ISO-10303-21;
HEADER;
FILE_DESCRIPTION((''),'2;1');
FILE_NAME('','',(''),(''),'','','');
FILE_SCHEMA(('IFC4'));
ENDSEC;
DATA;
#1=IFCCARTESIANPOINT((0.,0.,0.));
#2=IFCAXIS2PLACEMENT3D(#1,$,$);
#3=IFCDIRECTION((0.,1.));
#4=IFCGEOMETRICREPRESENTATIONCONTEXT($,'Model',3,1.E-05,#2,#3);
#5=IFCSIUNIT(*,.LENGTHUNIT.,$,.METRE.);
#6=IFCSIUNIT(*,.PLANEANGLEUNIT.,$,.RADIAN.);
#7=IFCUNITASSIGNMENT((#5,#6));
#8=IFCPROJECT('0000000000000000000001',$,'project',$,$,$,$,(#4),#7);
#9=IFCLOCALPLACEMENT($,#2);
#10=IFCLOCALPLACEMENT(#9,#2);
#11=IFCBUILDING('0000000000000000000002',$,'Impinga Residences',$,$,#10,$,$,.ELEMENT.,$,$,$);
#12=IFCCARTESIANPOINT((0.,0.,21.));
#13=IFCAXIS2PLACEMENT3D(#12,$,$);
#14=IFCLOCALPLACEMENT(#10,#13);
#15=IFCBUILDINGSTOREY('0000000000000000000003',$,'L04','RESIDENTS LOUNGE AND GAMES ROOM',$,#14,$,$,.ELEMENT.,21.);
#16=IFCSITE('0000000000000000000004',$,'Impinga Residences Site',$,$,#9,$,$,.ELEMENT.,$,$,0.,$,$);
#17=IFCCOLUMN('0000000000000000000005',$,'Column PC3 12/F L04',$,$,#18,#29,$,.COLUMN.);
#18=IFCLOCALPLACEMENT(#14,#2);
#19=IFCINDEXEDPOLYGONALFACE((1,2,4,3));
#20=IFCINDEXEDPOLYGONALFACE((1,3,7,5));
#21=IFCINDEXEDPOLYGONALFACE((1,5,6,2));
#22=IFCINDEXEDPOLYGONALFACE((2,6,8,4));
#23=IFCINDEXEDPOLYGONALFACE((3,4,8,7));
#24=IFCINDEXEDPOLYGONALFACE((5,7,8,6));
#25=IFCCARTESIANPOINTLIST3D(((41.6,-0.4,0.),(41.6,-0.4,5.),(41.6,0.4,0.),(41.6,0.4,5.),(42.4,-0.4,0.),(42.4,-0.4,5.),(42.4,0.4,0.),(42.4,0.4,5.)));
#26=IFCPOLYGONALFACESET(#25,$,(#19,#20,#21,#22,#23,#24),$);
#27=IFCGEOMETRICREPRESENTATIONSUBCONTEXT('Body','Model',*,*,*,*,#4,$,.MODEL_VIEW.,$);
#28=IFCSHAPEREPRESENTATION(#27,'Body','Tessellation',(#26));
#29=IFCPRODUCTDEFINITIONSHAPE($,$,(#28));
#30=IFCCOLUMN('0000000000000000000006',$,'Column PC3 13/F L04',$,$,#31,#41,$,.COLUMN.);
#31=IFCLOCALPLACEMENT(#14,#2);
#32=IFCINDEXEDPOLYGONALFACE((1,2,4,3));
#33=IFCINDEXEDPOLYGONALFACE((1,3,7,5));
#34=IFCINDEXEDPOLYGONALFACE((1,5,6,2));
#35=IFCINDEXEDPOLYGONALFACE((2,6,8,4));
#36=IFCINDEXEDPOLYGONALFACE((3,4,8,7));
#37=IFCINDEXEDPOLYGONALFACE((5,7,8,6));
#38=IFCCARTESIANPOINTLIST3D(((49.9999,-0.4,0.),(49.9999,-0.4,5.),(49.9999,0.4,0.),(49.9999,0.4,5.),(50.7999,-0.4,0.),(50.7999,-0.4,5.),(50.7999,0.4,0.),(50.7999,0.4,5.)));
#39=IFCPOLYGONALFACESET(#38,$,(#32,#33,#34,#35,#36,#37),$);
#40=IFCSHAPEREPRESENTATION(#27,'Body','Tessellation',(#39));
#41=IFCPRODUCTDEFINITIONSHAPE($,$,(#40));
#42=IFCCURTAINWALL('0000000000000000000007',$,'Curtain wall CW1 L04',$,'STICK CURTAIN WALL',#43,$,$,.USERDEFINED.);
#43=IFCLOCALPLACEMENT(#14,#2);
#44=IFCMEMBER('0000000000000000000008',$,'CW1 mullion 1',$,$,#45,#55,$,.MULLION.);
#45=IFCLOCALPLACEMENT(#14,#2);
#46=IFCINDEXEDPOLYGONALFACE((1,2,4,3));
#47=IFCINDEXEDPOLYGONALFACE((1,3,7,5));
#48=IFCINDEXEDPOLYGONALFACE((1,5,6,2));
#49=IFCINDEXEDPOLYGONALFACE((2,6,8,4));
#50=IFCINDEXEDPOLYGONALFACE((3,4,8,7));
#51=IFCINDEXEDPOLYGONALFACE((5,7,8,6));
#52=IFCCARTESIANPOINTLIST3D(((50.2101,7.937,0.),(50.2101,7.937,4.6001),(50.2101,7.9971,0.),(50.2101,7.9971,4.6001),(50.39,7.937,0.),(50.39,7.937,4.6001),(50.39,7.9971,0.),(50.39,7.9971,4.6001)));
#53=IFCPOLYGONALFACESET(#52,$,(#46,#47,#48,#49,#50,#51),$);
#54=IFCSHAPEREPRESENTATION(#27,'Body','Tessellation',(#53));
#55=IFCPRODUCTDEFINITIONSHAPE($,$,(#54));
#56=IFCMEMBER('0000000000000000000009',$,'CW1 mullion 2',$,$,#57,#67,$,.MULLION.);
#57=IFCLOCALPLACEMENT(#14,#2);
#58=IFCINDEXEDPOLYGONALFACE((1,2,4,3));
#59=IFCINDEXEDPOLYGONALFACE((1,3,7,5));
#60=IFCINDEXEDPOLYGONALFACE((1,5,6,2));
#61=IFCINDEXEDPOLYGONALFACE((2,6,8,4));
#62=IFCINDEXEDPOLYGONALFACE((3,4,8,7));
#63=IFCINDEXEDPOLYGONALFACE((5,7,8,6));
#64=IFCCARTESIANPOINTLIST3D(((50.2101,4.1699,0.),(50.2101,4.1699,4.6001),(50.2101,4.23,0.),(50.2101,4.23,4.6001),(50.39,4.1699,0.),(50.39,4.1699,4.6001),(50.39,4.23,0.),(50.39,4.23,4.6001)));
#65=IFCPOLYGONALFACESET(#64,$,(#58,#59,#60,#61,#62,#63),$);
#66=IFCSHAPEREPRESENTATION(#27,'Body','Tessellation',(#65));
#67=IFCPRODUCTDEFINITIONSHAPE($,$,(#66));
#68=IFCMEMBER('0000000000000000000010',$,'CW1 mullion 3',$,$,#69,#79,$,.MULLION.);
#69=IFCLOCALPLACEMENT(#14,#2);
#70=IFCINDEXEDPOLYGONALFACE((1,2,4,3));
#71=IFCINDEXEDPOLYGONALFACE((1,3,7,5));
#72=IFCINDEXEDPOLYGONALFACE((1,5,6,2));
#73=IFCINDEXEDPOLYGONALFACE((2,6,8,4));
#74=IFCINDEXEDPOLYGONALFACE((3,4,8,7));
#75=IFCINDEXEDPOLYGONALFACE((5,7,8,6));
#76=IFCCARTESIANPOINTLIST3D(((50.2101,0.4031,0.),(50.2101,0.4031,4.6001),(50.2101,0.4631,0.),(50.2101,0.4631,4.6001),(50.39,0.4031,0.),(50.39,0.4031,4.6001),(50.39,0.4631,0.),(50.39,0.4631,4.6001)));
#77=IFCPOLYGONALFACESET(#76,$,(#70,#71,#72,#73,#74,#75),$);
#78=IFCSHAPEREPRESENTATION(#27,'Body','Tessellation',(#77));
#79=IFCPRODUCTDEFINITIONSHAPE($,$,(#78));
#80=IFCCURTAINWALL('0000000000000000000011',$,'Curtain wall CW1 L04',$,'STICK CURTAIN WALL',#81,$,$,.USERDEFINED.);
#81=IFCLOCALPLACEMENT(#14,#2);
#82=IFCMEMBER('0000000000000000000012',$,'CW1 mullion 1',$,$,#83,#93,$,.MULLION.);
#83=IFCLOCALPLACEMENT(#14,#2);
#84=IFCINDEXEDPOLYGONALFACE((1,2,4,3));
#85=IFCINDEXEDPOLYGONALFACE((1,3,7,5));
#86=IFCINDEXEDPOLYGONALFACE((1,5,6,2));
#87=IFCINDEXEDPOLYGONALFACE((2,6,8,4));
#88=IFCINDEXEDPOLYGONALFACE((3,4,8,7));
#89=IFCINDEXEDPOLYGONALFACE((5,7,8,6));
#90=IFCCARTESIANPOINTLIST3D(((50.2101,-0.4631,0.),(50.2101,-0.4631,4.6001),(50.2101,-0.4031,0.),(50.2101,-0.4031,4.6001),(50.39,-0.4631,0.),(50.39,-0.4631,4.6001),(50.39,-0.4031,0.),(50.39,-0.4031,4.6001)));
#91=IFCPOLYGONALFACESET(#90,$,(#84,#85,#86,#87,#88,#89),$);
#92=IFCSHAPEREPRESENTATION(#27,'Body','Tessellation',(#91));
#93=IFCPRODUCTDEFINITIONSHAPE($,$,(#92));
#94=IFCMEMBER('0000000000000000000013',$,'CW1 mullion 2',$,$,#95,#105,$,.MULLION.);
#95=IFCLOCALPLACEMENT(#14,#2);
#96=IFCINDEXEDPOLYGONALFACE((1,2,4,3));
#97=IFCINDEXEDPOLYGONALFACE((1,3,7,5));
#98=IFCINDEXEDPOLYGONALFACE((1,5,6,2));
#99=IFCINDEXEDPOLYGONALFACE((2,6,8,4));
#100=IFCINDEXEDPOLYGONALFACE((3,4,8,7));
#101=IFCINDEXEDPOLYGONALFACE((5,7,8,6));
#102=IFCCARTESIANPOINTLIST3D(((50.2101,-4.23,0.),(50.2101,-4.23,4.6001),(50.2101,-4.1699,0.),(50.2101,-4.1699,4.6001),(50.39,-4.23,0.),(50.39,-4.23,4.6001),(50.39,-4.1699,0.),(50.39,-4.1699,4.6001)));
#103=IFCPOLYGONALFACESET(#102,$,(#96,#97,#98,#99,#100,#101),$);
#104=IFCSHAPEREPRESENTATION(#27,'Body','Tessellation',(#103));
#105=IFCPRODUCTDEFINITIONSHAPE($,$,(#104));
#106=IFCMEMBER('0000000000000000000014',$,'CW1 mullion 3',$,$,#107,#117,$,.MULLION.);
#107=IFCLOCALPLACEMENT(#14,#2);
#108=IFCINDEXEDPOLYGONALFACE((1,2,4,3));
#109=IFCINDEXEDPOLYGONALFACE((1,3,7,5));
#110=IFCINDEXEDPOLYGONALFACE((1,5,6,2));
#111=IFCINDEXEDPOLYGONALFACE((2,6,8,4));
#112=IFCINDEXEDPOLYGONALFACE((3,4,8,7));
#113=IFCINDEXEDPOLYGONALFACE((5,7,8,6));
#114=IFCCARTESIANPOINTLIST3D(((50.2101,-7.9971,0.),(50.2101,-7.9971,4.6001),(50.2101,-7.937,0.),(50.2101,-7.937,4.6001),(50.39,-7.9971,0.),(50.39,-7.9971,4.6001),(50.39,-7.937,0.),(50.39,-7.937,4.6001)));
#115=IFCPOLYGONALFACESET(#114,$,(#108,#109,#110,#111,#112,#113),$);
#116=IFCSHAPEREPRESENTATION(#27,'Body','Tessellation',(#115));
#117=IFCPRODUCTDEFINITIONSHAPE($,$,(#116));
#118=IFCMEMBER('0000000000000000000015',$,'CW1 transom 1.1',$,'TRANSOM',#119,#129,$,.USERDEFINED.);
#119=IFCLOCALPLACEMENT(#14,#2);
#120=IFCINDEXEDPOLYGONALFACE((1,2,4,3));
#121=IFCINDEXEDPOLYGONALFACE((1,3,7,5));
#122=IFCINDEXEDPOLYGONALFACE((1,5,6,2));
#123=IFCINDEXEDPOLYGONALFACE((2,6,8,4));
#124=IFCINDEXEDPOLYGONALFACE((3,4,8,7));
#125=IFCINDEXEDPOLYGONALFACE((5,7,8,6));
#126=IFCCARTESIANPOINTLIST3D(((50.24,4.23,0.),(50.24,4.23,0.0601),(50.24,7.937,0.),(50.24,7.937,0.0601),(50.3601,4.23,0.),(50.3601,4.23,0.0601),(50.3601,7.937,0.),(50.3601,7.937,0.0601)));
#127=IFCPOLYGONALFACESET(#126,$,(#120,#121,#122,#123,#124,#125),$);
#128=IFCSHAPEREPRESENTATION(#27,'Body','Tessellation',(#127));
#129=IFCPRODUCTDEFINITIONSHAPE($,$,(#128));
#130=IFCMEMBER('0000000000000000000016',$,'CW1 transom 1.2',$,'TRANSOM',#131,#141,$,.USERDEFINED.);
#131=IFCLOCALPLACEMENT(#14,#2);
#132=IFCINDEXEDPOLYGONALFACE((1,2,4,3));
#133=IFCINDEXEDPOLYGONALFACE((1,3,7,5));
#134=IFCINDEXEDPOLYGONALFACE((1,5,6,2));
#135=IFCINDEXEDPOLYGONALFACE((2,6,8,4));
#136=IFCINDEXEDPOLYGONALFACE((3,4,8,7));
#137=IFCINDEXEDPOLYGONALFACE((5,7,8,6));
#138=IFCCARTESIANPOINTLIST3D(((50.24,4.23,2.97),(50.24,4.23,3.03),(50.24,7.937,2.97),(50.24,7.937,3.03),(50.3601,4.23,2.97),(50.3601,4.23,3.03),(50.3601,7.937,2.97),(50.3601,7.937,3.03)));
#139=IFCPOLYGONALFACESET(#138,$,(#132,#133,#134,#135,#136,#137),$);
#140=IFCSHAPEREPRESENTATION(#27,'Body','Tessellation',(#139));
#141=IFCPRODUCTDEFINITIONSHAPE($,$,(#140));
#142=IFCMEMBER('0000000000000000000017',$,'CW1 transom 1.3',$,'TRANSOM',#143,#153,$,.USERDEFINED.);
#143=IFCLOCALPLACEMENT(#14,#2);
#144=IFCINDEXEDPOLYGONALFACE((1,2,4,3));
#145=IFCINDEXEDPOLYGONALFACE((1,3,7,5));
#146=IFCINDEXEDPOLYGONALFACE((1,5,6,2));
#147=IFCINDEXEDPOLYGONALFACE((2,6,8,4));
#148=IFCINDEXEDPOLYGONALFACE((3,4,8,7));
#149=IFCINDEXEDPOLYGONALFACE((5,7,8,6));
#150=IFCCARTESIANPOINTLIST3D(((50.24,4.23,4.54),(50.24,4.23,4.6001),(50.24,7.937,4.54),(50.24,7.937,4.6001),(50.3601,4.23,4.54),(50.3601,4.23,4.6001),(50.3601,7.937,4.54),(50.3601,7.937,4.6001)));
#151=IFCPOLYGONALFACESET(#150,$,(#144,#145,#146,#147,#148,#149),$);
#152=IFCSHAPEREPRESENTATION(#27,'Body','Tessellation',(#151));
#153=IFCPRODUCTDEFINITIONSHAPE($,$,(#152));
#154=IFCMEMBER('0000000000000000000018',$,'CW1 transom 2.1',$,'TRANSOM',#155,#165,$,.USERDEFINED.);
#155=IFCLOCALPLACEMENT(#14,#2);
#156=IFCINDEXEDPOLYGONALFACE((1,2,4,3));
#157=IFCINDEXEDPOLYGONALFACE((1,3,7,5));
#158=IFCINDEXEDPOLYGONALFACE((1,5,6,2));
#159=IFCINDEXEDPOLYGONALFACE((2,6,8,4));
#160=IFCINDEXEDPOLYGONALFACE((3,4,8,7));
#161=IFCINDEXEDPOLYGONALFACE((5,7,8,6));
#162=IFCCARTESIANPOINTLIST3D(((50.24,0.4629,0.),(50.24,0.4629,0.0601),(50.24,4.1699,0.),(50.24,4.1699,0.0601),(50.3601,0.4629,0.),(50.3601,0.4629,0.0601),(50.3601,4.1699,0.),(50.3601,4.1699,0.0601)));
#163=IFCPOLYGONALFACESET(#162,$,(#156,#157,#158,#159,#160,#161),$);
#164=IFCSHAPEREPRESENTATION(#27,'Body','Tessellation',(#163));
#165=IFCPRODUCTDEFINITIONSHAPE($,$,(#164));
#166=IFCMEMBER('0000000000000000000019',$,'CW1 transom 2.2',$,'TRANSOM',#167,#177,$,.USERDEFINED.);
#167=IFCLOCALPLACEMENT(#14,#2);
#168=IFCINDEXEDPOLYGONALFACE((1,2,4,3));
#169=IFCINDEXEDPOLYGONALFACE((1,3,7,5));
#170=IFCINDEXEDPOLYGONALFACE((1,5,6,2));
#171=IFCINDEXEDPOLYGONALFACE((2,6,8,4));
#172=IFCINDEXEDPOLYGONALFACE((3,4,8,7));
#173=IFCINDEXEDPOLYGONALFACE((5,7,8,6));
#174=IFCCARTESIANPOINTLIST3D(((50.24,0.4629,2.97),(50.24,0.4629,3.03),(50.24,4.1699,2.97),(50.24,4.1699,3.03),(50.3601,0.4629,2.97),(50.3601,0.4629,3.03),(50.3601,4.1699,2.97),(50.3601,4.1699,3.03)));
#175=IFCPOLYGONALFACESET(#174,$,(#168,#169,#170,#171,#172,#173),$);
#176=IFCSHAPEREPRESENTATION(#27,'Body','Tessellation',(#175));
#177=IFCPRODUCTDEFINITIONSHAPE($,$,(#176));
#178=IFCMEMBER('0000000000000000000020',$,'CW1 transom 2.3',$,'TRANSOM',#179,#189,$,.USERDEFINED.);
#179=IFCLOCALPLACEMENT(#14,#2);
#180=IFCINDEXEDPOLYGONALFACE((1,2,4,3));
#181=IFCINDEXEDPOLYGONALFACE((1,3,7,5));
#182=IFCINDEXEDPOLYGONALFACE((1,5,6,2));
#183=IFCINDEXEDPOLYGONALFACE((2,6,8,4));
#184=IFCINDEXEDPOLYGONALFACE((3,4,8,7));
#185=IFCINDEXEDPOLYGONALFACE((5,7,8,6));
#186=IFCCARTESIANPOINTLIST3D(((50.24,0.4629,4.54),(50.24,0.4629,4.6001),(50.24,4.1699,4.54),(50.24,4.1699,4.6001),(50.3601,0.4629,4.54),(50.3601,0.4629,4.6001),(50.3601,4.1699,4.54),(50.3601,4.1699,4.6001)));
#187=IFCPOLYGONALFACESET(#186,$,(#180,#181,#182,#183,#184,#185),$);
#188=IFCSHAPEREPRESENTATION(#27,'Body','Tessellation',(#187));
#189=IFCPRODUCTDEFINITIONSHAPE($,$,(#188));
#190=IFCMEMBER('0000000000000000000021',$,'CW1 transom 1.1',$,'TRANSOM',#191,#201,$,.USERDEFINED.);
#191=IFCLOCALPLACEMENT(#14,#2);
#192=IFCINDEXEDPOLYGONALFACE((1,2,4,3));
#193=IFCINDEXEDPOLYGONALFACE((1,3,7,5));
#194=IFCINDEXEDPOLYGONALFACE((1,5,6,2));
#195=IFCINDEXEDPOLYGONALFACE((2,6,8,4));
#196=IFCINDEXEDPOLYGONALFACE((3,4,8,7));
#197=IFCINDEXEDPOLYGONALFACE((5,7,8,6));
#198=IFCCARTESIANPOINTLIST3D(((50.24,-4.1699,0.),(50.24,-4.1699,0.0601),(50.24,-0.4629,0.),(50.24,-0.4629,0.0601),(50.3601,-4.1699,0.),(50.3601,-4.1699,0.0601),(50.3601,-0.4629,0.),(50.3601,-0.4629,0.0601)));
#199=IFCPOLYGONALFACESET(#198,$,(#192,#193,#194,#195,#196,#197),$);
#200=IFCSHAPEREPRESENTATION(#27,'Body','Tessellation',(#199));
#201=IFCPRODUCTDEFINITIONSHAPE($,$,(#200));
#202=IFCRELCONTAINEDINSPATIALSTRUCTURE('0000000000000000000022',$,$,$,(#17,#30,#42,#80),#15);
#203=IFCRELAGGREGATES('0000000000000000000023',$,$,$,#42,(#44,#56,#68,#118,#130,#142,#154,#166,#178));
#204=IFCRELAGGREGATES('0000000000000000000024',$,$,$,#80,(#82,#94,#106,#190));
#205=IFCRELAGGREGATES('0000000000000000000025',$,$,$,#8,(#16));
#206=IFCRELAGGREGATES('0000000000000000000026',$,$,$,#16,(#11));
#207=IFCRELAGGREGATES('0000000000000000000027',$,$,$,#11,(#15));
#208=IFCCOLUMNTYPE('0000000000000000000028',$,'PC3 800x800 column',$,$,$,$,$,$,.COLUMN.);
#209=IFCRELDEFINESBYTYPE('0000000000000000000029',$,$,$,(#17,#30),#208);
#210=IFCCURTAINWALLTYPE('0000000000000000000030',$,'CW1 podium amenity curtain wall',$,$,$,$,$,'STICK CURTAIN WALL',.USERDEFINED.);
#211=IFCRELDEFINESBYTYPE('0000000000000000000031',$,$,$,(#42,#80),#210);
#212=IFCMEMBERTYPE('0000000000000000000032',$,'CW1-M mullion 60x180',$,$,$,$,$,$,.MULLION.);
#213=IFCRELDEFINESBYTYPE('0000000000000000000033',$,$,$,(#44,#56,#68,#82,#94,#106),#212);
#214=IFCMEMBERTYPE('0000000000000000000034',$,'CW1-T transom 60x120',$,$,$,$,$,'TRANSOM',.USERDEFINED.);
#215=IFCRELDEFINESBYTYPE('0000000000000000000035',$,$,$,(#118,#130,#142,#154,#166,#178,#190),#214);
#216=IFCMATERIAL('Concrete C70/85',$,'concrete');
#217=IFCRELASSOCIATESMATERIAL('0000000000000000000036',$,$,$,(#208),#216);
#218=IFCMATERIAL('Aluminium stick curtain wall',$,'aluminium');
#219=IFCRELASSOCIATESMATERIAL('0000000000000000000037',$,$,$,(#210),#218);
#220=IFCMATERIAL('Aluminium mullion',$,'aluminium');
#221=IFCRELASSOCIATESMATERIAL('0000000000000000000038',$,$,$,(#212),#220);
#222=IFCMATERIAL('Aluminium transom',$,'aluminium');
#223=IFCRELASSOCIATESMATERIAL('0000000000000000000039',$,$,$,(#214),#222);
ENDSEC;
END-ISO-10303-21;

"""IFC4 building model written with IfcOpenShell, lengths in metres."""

from ifc_helpers import new_model, si_unit, direction, frame, origin, origin_2d, place, context, subcontext, project, spatial, rectangle, extrude, material, material_profile, profile_set, type_object, element, aggregate, save


model = new_model("IFC4")

# Units and contexts
model_context = context("Model", 3, precision=1e-05, world=origin(), true_north=direction((0.0, 1.0)))
body_context = subcontext(model_context, "Body", "Model", "MODEL_VIEW")
ifc_project = project(units=[si_unit("LENGTHUNIT", "METRE"), si_unit("PLANEANGLEUNIT", "RADIAN")], contexts=[model_context])

# Site, building, storey
site_placement = place(None, origin())
site = spatial("IfcSite", under=ifc_project, at=site_placement, Name="Impinga Residences Site", CompositionType="ELEMENT", RefElevation=0.0)
building_placement = place(site_placement, origin())
building = spatial("IfcBuilding", under=site, at=building_placement, Name="Impinga Residences", CompositionType="ELEMENT")
storey_placement = place(building_placement, frame((0.0, 0.0, 21.0)))
storey = spatial("IfcBuildingStorey", under=building, at=storey_placement, Name="L04", Description="RESIDENTS LOUNGE AND GAMES ROOM", CompositionType="ELEMENT", Elevation=21.0)

# Columns
ifc_material_1 = material(Name="Concrete C70/85", Category="concrete")
ifc_material_profile_1 = material_profile(ifc_material_1, rectangle(XDim=0.8, YDim=0.8, at=origin_2d()), Name="RC 800x800")
ifc_profile_set_1 = profile_set([ifc_material_profile_1], Name="Concrete C70/85")
column_type = type_object("IfcColumnType", Name="PC3 800x800 column", PredefinedType="COLUMN", material=ifc_profile_set_1)
for number, where, z_axis, x_axis, name in (
    (1, (42.0, 0.0, 0.0), (0.0, 0.0, 1.0), (1.0, 0.0, 0.0), "Column PC3 12/F L04"),
    (2, (50.3999, 0.0, 0.0), (0.0, 0.0, 1.0), (1.0, 0.0, 0.0), "Column PC3 13/F L04"),
):
    element("IfcColumn", number, at=place(storey_placement, frame(where, z_axis=z_axis, x_axis=x_axis)), inside=storey, type_object=column_type, Name=name, PredefinedType="COLUMN", context=body_context, shape_type="SweptSolid", body=[
        extrude(rectangle(XDim=0.8, YDim=0.8, at=origin_2d()), origin(), (0.0, 0.0, 1.0), 5.0),
    ])

# Curtain walls, members
ifc_material_2 = material(Name="Aluminium stick curtain wall", Category="aluminium")
curtain_wall_type = type_object("IfcCurtainWallType", Name="CW1 podium amenity curtain wall", ElementType="STICK CURTAIN WALL", PredefinedType="USERDEFINED", material=ifc_material_2)
curtain_wall_1_placement = place(storey_placement, origin())
curtain_wall_1 = element("IfcCurtainWall", 3, at=curtain_wall_1_placement, inside=storey, type_object=curtain_wall_type, Name="Curtain wall CW1 L04", ObjectType="STICK CURTAIN WALL", PredefinedType="USERDEFINED")
ifc_material_3 = material(Name="Aluminium mullion", Category="aluminium")
ifc_material_profile_2 = material_profile(ifc_material_3, rectangle(XDim=0.0601, YDim=0.1799, at=origin_2d()), Name="60x180 mullion")
ifc_profile_set_2 = profile_set([ifc_material_profile_2], Name="Aluminium mullion")
member_type_1 = type_object("IfcMemberType", Name="CW1-M mullion 60x180", PredefinedType="MULLION", material=ifc_profile_set_2)
member_1_placement = place(storey_placement, frame((50.3, 7.967, 0.0), z_axis=(0.0, 0.0, 1.0), x_axis=(0.0, -1.0, 0.0)))
member_1 = element("IfcMember", 4, at=member_1_placement, type_object=member_type_1, Name="CW1 mullion 1", PredefinedType="MULLION", context=body_context, shape_type="SweptSolid", body=[
    extrude(rectangle(XDim=0.0601, YDim=0.1799, at=origin_2d()), origin(), (0.0, 0.0, 1.0), 4.6001),
])
member_2_placement = place(storey_placement, frame((50.3, 4.2, 0.0), z_axis=(0.0, 0.0, 1.0), x_axis=(0.0, -1.0, 0.0)))
member_2 = element("IfcMember", 5, at=member_2_placement, type_object=member_type_1, Name="CW1 mullion 2", PredefinedType="MULLION", context=body_context, shape_type="SweptSolid", body=[
    extrude(rectangle(XDim=0.0601, YDim=0.1799, at=origin_2d()), origin(), (0.0, 0.0, 1.0), 4.6001),
])
member_3_placement = place(storey_placement, frame((50.3, 0.4331, 0.0), z_axis=(0.0, 0.0, 1.0), x_axis=(0.0, -1.0, 0.0)))
member_3 = element("IfcMember", 6, at=member_3_placement, type_object=member_type_1, Name="CW1 mullion 3", PredefinedType="MULLION", context=body_context, shape_type="SweptSolid", body=[
    extrude(rectangle(XDim=0.0601, YDim=0.1799, at=origin_2d()), origin(), (0.0, 0.0, 1.0), 4.6001),
])
curtain_wall_2_placement = place(storey_placement, origin())
curtain_wall_2 = element("IfcCurtainWall", 7, at=curtain_wall_2_placement, inside=storey, type_object=curtain_wall_type, Name="Curtain wall CW1 L04", ObjectType="STICK CURTAIN WALL", PredefinedType="USERDEFINED")
member_4_placement = place(storey_placement, frame((50.3, -0.4331, 0.0), z_axis=(0.0, 0.0, 1.0), x_axis=(0.0, -1.0, 0.0)))
member_4 = element("IfcMember", 8, at=member_4_placement, type_object=member_type_1, Name="CW1 mullion 1", PredefinedType="MULLION", context=body_context, shape_type="SweptSolid", body=[
    extrude(rectangle(XDim=0.0601, YDim=0.1799, at=origin_2d()), origin(), (0.0, 0.0, 1.0), 4.6001),
])
member_5_placement = place(storey_placement, frame((50.3, -4.2, 0.0), z_axis=(0.0, 0.0, 1.0), x_axis=(0.0, -1.0, 0.0)))
member_5 = element("IfcMember", 9, at=member_5_placement, type_object=member_type_1, Name="CW1 mullion 2", PredefinedType="MULLION", context=body_context, shape_type="SweptSolid", body=[
    extrude(rectangle(XDim=0.0601, YDim=0.1799, at=origin_2d()), origin(), (0.0, 0.0, 1.0), 4.6001),
])
member_6_placement = place(storey_placement, frame((50.3, -7.967, 0.0), z_axis=(0.0, 0.0, 1.0), x_axis=(0.0, -1.0, 0.0)))
member_6 = element("IfcMember", 10, at=member_6_placement, type_object=member_type_1, Name="CW1 mullion 3", PredefinedType="MULLION", context=body_context, shape_type="SweptSolid", body=[
    extrude(rectangle(XDim=0.0601, YDim=0.1799, at=origin_2d()), origin(), (0.0, 0.0, 1.0), 4.6001),
])

# Members
ifc_material_4 = material(Name="Aluminium transom", Category="aluminium")
ifc_material_profile_3 = material_profile(ifc_material_4, rectangle(XDim=0.0601, YDim=0.1201, at=origin_2d()), Name="60x120 transom")
ifc_profile_set_3 = profile_set([ifc_material_profile_3], Name="Aluminium transom")
member_type_2 = type_object("IfcMemberType", Name="CW1-T transom 60x120", ElementType="TRANSOM", PredefinedType="USERDEFINED", material=ifc_profile_set_3)
member_7_placement = place(storey_placement, frame((50.3, 7.937, 0.03), z_axis=(0.0, -1.0, 0.0), x_axis=(0.0, 0.0, 1.0)))
member_7 = element("IfcMember", 11, at=member_7_placement, type_object=member_type_2, Name="CW1 transom 1.1", ObjectType="TRANSOM", PredefinedType="USERDEFINED", context=body_context, shape_type="SweptSolid", body=[
    extrude(rectangle(XDim=0.0601, YDim=0.1201, at=origin_2d()), origin(), (0.0, 0.0, 1.0), 3.707),
])
member_8_placement = place(storey_placement, frame((50.3, 7.937, 3.0), z_axis=(0.0, -1.0, 0.0), x_axis=(0.0, 0.0, 1.0)))
member_8 = element("IfcMember", 12, at=member_8_placement, type_object=member_type_2, Name="CW1 transom 1.2", ObjectType="TRANSOM", PredefinedType="USERDEFINED", context=body_context, shape_type="SweptSolid", body=[
    extrude(rectangle(XDim=0.0601, YDim=0.1201, at=origin_2d()), origin(), (0.0, 0.0, 1.0), 3.707),
])
member_9_placement = place(storey_placement, frame((50.3, 7.937, 4.5701), z_axis=(0.0, -1.0, 0.0), x_axis=(0.0, 0.0, 1.0)))
member_9 = element("IfcMember", 13, at=member_9_placement, type_object=member_type_2, Name="CW1 transom 1.3", ObjectType="TRANSOM", PredefinedType="USERDEFINED", context=body_context, shape_type="SweptSolid", body=[
    extrude(rectangle(XDim=0.0601, YDim=0.1201, at=origin_2d()), origin(), (0.0, 0.0, 1.0), 3.707),
])
member_10_placement = place(storey_placement, frame((50.3, 4.1699, 0.03), z_axis=(0.0, -1.0, 0.0), x_axis=(0.0, 0.0, 1.0)))
member_10 = element("IfcMember", 14, at=member_10_placement, type_object=member_type_2, Name="CW1 transom 2.1", ObjectType="TRANSOM", PredefinedType="USERDEFINED", context=body_context, shape_type="SweptSolid", body=[
    extrude(rectangle(XDim=0.0601, YDim=0.1201, at=origin_2d()), origin(), (0.0, 0.0, 1.0), 3.707),
])
member_11_placement = place(storey_placement, frame((50.3, 4.1699, 3.0), z_axis=(0.0, -1.0, 0.0), x_axis=(0.0, 0.0, 1.0)))
member_11 = element("IfcMember", 15, at=member_11_placement, type_object=member_type_2, Name="CW1 transom 2.2", ObjectType="TRANSOM", PredefinedType="USERDEFINED", context=body_context, shape_type="SweptSolid", body=[
    extrude(rectangle(XDim=0.0601, YDim=0.1201, at=origin_2d()), origin(), (0.0, 0.0, 1.0), 3.707),
])
member_12_placement = place(storey_placement, frame((50.3, 4.1699, 4.5701), z_axis=(0.0, -1.0, 0.0), x_axis=(0.0, 0.0, 1.0)))
member_12 = element("IfcMember", 16, at=member_12_placement, type_object=member_type_2, Name="CW1 transom 2.3", ObjectType="TRANSOM", PredefinedType="USERDEFINED", context=body_context, shape_type="SweptSolid", body=[
    extrude(rectangle(XDim=0.0601, YDim=0.1201, at=origin_2d()), origin(), (0.0, 0.0, 1.0), 3.707),
])
member_13_placement = place(storey_placement, frame((50.3, -0.4629, 0.03), z_axis=(0.0, -1.0, 0.0), x_axis=(0.0, 0.0, 1.0)))
member_13 = element("IfcMember", 17, at=member_13_placement, type_object=member_type_2, Name="CW1 transom 1.1", ObjectType="TRANSOM", PredefinedType="USERDEFINED", context=body_context, shape_type="SweptSolid", body=[
    extrude(rectangle(XDim=0.0601, YDim=0.1201, at=origin_2d()), origin(), (0.0, 0.0, 1.0), 3.707),
])

aggregate(curtain_wall_1, [member_1, member_2, member_3, member_7, member_8, member_9, member_10, member_11, member_12])
aggregate(curtain_wall_2, [member_4, member_5, member_6, member_13])

save(model, "model.ifc")
